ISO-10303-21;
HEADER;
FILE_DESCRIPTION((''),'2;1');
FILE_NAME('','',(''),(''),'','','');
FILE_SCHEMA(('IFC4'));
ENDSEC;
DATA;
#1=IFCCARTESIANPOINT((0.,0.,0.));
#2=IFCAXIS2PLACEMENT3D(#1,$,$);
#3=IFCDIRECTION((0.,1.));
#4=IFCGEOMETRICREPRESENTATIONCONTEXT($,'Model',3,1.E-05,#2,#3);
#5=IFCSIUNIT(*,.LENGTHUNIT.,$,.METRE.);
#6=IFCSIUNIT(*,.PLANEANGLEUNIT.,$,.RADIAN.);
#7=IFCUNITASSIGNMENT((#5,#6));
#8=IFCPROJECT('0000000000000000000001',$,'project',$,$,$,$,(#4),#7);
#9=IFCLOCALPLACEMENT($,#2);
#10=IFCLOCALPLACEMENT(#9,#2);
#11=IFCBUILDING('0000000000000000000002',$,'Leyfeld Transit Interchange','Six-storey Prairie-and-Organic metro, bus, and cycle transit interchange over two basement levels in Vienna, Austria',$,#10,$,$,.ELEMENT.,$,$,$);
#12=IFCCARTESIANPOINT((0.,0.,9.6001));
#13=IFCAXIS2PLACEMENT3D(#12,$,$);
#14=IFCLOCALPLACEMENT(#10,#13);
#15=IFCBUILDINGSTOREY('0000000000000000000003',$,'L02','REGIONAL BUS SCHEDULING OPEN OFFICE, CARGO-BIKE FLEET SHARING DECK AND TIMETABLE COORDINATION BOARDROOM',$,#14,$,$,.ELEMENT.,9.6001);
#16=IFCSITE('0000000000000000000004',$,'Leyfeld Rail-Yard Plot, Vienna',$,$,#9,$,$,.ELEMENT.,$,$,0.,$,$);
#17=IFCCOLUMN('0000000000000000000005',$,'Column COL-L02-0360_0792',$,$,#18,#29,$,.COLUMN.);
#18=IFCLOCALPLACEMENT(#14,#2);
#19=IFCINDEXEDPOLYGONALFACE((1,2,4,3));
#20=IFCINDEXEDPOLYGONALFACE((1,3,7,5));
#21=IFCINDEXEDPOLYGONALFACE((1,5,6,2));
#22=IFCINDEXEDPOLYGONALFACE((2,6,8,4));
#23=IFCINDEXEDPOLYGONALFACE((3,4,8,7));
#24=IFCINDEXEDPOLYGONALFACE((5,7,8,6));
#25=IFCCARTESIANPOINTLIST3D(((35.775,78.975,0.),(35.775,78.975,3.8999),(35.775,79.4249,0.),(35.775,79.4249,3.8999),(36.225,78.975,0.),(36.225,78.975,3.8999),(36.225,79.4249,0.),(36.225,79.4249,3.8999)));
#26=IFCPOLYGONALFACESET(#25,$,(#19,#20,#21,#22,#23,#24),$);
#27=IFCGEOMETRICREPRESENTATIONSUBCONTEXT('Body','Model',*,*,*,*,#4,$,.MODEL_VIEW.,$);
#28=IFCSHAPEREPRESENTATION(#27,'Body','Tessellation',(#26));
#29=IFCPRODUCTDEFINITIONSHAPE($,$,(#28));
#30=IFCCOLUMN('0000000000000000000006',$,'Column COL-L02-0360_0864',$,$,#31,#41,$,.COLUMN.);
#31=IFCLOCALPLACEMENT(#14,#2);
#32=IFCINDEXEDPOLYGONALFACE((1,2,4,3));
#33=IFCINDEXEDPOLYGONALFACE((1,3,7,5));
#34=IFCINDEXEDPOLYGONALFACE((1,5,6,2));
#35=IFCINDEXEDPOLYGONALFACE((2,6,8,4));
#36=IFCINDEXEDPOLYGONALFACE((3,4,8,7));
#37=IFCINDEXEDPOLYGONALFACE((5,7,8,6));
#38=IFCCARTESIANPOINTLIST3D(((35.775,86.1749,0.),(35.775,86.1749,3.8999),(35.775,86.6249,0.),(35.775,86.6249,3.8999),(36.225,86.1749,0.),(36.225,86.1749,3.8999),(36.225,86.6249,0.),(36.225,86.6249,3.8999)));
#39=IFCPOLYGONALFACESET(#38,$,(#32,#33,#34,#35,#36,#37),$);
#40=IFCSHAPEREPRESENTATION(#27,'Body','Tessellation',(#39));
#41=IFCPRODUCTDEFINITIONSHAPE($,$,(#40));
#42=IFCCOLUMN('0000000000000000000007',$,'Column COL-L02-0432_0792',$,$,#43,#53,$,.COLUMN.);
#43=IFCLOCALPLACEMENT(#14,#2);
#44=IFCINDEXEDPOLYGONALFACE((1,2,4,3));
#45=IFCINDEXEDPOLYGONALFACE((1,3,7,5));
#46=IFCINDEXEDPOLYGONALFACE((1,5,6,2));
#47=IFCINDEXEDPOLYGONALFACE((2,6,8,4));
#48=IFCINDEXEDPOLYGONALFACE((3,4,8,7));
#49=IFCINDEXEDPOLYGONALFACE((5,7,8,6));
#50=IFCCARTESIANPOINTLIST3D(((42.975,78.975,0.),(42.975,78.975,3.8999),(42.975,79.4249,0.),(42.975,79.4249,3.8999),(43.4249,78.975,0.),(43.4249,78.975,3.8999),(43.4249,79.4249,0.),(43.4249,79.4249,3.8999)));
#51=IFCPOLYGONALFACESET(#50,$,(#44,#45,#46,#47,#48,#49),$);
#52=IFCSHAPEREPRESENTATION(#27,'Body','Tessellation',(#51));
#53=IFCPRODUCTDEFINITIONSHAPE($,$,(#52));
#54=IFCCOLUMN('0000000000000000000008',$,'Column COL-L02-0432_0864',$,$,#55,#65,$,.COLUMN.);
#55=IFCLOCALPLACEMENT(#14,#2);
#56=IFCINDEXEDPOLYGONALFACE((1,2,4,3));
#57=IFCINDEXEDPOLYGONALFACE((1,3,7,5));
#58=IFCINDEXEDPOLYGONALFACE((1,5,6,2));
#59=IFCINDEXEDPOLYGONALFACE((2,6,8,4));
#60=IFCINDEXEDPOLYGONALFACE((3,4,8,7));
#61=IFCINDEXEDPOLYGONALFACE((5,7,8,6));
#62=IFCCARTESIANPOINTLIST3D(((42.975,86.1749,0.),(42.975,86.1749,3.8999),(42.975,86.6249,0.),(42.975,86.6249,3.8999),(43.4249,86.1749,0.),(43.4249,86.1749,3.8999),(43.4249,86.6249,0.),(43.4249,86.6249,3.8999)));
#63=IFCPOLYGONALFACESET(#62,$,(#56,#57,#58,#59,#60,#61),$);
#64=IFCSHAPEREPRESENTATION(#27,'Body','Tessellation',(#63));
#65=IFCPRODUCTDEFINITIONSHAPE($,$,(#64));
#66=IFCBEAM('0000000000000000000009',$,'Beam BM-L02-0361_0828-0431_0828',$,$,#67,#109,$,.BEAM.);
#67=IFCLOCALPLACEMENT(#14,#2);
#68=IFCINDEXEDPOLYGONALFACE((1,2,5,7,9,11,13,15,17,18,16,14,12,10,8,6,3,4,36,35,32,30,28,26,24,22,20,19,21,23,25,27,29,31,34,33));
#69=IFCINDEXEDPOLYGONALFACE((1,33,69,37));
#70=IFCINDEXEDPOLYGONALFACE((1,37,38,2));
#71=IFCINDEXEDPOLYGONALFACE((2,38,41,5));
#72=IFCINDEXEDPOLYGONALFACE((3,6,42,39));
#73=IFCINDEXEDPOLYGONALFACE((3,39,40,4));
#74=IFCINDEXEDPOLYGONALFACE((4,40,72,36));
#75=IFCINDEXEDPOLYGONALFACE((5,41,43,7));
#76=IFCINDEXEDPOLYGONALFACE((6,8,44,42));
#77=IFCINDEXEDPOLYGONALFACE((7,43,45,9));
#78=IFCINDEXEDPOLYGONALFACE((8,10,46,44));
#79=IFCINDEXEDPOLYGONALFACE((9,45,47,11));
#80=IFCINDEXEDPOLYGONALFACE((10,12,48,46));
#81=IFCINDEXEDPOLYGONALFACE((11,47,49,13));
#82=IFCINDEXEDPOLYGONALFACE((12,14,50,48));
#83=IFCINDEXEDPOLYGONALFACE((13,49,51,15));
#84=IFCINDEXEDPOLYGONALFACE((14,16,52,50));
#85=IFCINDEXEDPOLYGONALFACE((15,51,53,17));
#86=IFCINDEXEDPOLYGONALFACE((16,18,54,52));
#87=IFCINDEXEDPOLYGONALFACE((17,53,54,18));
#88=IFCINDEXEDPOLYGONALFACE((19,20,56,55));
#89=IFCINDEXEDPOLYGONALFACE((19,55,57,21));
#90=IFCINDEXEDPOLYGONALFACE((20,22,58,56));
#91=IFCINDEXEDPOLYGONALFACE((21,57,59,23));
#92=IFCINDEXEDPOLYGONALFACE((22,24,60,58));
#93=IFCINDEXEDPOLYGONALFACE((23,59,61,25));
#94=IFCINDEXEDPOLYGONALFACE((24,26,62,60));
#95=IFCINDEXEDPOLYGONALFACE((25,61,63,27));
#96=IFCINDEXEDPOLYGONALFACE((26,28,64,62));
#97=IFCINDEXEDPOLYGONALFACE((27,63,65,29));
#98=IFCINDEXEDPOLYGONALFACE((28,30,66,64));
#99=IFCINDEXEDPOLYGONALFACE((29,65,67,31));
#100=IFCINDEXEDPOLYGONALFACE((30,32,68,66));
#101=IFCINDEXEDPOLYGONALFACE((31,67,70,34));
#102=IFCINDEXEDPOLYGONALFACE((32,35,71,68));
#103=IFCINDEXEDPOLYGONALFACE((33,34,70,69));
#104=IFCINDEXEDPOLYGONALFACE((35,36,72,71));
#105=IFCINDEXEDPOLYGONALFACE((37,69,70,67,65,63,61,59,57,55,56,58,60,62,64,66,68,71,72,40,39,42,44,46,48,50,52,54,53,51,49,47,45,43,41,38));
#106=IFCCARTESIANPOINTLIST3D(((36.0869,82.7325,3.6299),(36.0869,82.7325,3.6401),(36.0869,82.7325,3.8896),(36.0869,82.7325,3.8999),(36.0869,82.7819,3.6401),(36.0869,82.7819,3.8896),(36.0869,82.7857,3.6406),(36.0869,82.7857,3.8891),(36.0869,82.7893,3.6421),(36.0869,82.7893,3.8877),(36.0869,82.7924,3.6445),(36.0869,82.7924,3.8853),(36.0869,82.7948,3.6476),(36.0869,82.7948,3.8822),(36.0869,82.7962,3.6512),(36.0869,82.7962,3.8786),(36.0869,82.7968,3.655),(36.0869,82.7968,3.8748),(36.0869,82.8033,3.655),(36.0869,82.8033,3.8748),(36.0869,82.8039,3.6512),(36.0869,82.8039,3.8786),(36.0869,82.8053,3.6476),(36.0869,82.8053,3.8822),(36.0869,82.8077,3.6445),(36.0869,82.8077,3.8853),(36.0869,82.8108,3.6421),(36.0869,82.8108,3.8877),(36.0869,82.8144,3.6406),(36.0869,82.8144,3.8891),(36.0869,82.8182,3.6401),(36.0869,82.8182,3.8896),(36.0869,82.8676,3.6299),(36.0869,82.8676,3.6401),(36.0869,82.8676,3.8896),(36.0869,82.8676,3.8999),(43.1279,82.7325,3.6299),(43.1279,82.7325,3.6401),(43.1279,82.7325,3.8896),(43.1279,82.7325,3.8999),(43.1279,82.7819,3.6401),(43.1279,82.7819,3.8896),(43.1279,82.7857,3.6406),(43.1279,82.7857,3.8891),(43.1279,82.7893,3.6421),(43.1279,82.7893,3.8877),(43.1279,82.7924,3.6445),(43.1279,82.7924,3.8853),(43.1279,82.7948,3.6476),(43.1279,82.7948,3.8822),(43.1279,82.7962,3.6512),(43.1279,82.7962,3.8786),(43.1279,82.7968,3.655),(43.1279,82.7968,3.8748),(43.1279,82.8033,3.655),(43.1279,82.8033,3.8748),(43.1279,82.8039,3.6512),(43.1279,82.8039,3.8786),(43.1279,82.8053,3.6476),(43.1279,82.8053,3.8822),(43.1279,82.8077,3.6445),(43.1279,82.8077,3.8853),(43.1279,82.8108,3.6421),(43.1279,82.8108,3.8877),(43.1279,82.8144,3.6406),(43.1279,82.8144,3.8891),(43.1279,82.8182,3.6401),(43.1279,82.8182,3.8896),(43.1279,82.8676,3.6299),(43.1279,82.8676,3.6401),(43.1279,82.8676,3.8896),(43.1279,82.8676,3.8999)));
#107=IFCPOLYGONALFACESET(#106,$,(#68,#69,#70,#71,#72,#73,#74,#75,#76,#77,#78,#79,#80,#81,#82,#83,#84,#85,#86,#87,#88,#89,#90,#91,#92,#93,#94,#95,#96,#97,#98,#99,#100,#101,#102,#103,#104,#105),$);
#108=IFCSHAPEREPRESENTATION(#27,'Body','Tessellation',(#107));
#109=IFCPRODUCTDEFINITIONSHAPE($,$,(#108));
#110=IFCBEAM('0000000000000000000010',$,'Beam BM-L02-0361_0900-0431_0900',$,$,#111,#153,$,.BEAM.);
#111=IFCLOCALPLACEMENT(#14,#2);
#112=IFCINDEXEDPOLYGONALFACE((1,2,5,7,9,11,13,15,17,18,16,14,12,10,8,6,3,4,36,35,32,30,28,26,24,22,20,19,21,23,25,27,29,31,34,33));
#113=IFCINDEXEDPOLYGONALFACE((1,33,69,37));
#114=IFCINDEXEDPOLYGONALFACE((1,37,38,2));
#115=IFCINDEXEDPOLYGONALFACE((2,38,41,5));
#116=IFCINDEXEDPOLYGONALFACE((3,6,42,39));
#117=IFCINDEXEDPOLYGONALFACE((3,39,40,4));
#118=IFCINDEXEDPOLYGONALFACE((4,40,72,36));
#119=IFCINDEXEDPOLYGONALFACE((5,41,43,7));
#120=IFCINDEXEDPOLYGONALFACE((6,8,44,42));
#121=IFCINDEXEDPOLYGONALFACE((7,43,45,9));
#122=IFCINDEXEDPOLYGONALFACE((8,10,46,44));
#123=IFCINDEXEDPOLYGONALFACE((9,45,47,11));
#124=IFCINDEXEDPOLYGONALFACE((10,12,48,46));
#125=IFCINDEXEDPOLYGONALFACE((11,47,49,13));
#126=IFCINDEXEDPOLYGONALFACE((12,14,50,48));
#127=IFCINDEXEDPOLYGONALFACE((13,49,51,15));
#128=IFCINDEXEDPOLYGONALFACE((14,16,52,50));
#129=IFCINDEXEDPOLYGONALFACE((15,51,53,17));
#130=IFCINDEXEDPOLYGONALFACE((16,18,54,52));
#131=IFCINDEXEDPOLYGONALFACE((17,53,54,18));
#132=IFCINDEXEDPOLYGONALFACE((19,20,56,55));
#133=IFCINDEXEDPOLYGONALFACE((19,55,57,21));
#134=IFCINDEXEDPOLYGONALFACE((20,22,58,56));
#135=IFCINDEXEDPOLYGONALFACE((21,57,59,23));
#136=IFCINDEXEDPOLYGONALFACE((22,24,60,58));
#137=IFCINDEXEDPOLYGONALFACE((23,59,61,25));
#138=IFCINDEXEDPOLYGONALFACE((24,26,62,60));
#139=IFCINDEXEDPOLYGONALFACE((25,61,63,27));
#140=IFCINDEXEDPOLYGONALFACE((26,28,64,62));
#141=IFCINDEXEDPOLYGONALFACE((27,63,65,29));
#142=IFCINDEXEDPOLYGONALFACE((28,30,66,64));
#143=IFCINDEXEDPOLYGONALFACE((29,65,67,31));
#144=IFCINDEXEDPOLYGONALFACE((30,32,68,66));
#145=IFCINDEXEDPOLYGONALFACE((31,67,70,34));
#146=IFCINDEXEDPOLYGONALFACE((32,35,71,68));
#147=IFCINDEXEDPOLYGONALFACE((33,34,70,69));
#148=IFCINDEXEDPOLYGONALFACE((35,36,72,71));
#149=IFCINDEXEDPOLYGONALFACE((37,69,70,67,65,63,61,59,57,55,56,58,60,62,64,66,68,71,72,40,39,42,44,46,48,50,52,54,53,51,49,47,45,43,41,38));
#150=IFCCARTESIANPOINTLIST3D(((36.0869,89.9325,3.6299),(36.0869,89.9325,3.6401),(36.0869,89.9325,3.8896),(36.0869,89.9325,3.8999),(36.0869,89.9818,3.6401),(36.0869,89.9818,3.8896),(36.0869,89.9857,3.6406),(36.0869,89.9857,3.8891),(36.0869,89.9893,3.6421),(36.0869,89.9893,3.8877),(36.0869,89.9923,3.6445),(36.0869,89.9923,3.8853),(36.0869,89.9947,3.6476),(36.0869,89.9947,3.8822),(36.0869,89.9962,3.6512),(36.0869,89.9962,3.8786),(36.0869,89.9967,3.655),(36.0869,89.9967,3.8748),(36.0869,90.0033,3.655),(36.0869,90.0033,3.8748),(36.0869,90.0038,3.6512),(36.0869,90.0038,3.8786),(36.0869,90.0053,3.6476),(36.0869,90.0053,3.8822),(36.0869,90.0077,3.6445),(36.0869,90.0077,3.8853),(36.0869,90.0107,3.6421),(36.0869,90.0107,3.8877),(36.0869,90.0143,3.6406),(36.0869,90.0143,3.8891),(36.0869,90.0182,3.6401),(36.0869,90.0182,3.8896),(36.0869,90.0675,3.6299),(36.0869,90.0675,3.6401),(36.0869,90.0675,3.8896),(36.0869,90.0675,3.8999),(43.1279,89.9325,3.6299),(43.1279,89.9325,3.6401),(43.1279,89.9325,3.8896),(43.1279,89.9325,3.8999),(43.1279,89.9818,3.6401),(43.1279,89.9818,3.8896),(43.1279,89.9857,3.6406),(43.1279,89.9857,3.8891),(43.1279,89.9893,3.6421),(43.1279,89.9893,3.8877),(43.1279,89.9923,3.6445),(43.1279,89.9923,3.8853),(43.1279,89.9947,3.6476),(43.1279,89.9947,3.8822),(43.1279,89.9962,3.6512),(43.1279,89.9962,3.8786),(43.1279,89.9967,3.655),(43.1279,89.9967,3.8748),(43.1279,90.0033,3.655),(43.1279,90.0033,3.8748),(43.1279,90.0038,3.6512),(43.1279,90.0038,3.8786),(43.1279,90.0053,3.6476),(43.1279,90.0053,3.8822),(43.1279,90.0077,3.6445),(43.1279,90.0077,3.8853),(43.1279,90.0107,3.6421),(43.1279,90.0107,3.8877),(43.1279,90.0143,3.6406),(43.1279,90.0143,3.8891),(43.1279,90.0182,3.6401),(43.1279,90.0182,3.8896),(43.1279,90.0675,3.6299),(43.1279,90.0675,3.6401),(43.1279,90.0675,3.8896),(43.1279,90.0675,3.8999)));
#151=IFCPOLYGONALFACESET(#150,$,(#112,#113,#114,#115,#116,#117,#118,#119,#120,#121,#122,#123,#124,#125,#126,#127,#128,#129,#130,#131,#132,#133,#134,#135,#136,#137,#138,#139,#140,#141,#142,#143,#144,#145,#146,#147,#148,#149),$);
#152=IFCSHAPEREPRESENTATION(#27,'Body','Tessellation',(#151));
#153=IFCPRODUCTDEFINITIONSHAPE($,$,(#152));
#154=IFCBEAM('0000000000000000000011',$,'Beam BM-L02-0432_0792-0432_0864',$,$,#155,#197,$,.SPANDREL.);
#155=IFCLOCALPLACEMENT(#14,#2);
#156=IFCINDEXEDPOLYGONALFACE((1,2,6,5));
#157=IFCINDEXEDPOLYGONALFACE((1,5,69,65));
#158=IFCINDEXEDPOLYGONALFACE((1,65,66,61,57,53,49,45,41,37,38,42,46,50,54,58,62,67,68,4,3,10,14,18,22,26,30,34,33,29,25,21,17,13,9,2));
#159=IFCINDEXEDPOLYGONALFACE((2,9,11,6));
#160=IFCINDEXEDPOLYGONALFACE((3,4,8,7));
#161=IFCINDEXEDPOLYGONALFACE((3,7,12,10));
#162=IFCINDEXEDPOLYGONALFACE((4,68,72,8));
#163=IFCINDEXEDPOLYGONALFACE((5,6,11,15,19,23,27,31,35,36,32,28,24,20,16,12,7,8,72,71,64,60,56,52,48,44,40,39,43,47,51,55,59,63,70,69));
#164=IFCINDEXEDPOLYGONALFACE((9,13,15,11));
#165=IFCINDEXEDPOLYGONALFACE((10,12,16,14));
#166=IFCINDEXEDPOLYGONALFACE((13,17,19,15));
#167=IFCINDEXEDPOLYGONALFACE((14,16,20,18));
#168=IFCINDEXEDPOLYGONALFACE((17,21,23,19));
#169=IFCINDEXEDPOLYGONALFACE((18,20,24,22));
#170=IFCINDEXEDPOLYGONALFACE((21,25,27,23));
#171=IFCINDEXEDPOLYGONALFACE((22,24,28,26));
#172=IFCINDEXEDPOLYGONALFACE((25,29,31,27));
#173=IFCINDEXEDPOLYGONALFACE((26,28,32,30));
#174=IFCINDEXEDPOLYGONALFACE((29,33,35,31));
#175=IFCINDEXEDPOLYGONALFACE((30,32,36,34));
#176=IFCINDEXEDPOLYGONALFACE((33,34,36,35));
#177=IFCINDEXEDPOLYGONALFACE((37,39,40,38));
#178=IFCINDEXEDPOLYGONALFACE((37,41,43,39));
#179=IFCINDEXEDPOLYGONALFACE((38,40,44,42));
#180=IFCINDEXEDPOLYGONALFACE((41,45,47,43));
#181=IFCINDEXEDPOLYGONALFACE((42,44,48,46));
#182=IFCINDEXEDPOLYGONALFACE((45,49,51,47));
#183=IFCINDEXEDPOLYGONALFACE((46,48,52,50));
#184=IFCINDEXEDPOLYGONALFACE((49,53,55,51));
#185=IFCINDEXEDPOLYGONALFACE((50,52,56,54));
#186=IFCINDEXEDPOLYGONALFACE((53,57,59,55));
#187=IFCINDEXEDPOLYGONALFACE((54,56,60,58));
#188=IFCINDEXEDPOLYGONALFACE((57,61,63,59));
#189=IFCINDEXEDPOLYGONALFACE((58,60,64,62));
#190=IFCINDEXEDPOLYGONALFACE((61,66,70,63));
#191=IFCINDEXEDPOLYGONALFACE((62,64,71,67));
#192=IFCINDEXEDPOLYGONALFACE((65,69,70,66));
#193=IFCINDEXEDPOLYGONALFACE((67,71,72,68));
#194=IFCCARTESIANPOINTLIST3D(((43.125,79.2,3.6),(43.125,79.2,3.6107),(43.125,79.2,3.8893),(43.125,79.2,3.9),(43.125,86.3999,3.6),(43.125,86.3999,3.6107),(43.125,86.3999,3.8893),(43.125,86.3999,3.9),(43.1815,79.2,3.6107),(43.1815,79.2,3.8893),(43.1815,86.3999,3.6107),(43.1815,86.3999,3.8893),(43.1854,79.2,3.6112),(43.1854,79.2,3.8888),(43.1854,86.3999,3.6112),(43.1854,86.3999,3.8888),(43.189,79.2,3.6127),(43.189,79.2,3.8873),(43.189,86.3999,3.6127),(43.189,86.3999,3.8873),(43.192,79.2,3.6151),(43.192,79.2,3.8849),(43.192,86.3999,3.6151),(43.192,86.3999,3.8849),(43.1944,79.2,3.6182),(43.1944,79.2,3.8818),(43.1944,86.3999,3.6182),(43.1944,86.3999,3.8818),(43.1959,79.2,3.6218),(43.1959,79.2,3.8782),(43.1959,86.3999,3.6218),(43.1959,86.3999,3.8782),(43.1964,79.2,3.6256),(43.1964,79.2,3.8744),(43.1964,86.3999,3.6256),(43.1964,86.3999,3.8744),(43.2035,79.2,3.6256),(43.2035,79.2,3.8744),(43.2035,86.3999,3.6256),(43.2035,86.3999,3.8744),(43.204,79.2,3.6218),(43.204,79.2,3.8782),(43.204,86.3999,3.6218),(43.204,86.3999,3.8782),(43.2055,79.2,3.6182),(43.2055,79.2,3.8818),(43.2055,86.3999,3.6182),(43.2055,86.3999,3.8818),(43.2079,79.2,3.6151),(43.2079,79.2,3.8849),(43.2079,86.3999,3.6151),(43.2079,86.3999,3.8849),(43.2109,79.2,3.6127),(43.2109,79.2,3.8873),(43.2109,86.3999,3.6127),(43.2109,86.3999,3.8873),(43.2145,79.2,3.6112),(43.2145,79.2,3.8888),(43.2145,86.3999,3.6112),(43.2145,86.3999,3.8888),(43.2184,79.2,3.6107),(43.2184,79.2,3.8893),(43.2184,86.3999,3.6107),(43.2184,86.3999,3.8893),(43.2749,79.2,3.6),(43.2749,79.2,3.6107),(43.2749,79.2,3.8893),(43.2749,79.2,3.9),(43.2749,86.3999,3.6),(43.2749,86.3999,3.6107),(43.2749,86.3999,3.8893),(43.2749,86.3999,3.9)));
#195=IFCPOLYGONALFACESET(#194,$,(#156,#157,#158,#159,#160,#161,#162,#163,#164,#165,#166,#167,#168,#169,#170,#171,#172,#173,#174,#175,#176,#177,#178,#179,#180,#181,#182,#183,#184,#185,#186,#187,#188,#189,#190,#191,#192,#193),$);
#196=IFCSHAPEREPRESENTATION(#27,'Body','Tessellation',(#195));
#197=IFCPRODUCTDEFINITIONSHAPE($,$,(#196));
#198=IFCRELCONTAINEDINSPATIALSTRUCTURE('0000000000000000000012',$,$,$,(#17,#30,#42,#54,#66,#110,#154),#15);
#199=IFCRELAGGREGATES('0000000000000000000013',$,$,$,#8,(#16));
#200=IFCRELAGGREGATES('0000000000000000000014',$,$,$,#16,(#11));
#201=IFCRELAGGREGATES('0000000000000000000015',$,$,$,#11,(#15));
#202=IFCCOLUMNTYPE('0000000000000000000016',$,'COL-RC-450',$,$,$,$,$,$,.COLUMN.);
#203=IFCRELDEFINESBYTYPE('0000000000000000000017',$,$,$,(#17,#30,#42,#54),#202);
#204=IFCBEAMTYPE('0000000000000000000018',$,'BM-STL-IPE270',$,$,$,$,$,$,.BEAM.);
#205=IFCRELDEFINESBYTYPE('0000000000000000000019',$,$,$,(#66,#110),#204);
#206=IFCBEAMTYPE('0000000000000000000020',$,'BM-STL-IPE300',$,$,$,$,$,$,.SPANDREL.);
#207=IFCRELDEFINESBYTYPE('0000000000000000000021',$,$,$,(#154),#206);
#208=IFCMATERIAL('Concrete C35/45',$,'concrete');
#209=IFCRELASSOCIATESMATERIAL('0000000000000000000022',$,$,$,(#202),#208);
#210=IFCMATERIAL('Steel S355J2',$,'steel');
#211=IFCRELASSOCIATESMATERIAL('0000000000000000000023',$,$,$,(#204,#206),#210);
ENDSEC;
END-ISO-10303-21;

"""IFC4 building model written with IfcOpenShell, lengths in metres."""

from ifc_helpers import new_model, si_unit, direction, frame, origin, origin_2d, place, context, subcontext, project, spatial, rectangle, i_section, extrude, material, material_profile, profile_set, type_object, element, save


model = new_model("IFC4")

# Units and contexts
model_context = context("Model", 3, precision=1e-05, world=origin(), true_north=direction((0.0, 1.0)))
body_context = subcontext(model_context, "Body", "Model", "MODEL_VIEW")
ifc_project = project(units=[si_unit("LENGTHUNIT", "METRE"), si_unit("PLANEANGLEUNIT", "RADIAN")], contexts=[model_context])

# Site, building, storey
site_placement = place(None, origin())
site = spatial("IfcSite", under=ifc_project, at=site_placement, Name="Leyfeld Rail-Yard Plot, Vienna", CompositionType="ELEMENT", RefElevation=0.0)
building_placement = place(site_placement, origin())
building = spatial("IfcBuilding", under=site, at=building_placement, Name="Leyfeld Transit Interchange", Description="Six-storey Prairie-and-Organic metro, bus, and cycle transit interchange over two basement levels in Vienna, Austria", CompositionType="ELEMENT")
storey_placement = place(building_placement, frame((0.0, 0.0, 9.6001)))
storey = spatial("IfcBuildingStorey", under=building, at=storey_placement, Name="L02", Description="REGIONAL BUS SCHEDULING OPEN OFFICE, CARGO-BIKE FLEET SHARING DECK AND TIMETABLE COORDINATION BOARDROOM", CompositionType="ELEMENT", Elevation=9.6001)

# Columns
ifc_material_1 = material(Name="Concrete C35/45", Category="concrete")
ifc_material_profile_1 = material_profile(ifc_material_1, rectangle(XDim=0.45, YDim=0.45, at=origin_2d()), Name="RC 450x450")
ifc_profile_set_1 = profile_set([ifc_material_profile_1], Name="Concrete C35/45")
column_type = type_object("IfcColumnType", Name="COL-RC-450", PredefinedType="COLUMN", material=ifc_profile_set_1)
for number, where, z_axis, x_axis, name in (
    (1, (36.0, 79.2, 0.0), (0.0, 0.0, 1.0), (1.0, 0.0, 0.0), "Column COL-L02-0360_0792"),
    (2, (36.0, 86.3999, 0.0), (0.0, 0.0, 1.0), (1.0, 0.0, 0.0), "Column COL-L02-0360_0864"),
    (3, (43.2, 79.2, 0.0), (0.0, 0.0, 1.0), (0.0, 1.0, 0.0), "Column COL-L02-0432_0792"),
    (4, (43.2, 86.3999, 0.0), (0.0, 0.0, 1.0), (0.0, 1.0, 0.0), "Column COL-L02-0432_0864"),
):
    element("IfcColumn", number, at=place(storey_placement, frame(where, z_axis=z_axis, x_axis=x_axis)), inside=storey, type_object=column_type, Name=name, PredefinedType="COLUMN", context=body_context, shape_type="SweptSolid", body=[
        extrude(rectangle(XDim=0.45, YDim=0.45, at=origin_2d()), origin(), (0.0, 0.0, 1.0), 3.8999),
    ])

# Beams
ifc_material_2 = material(Name="Steel S355J2", Category="steel")
ifc_material_profile_2 = material_profile(ifc_material_2, i_section(OverallWidth=0.135, OverallDepth=0.27, WebThickness=0.0066, FlangeThickness=0.0103, FilletRadius=0.0149, at=origin_2d()), Name="IPE 270")
ifc_profile_set_2 = profile_set([ifc_material_profile_2], Name="Steel S355J2")
beam_type_1 = type_object("IfcBeamType", Name="BM-STL-IPE270", PredefinedType="BEAM", material=ifc_profile_set_2)
for number, where, z_axis, x_axis, name in (
    (5, (36.0869, 82.8, 3.7649), (1.0, 0.0, 0.0), (0.0, 1.0, 0.0), "Beam BM-L02-0361_0828-0431_0828"),
    (6, (36.0869, 90.0, 3.7649), (1.0, 0.0, 0.0), (0.0, 1.0, 0.0), "Beam BM-L02-0361_0900-0431_0900"),
):
    element("IfcBeam", number, at=place(storey_placement, frame(where, z_axis=z_axis, x_axis=x_axis)), inside=storey, type_object=beam_type_1, Name=name, PredefinedType="BEAM", context=body_context, shape_type="SweptSolid", body=[
        extrude(i_section(OverallWidth=0.135, OverallDepth=0.27, WebThickness=0.0066, FlangeThickness=0.0103, FilletRadius=0.0149, at=origin_2d()), origin(), (0.0, 0.0, 1.0), 7.041),
    ])
ifc_material_profile_3 = material_profile(ifc_material_2, i_section(OverallWidth=0.1499, OverallDepth=0.3, WebThickness=0.0071, FlangeThickness=0.0107, FilletRadius=0.0149, at=origin_2d()), Name="IPE 300")
ifc_profile_set_3 = profile_set([ifc_material_profile_3], Name="Steel S355J2")
beam_type_2 = type_object("IfcBeamType", Name="BM-STL-IPE300", PredefinedType="SPANDREL", material=ifc_profile_set_3)
beam_1_placement = place(storey_placement, frame((43.2, 79.2, 3.75), z_axis=(0.0, 1.0, 0.0), x_axis=(-1.0, 0.0, 0.0)))
element("IfcBeam", 7, at=beam_1_placement, inside=storey, type_object=beam_type_2, Name="Beam BM-L02-0432_0792-0432_0864", PredefinedType="SPANDREL", context=body_context, shape_type="SweptSolid", body=[
    extrude(i_section(OverallWidth=0.1499, OverallDepth=0.3, WebThickness=0.0071, FlangeThickness=0.0107, FilletRadius=0.0149, at=origin_2d()), origin(), (0.0, 0.0, 1.0), 7.2),
])

save(model, "model.ifc")
